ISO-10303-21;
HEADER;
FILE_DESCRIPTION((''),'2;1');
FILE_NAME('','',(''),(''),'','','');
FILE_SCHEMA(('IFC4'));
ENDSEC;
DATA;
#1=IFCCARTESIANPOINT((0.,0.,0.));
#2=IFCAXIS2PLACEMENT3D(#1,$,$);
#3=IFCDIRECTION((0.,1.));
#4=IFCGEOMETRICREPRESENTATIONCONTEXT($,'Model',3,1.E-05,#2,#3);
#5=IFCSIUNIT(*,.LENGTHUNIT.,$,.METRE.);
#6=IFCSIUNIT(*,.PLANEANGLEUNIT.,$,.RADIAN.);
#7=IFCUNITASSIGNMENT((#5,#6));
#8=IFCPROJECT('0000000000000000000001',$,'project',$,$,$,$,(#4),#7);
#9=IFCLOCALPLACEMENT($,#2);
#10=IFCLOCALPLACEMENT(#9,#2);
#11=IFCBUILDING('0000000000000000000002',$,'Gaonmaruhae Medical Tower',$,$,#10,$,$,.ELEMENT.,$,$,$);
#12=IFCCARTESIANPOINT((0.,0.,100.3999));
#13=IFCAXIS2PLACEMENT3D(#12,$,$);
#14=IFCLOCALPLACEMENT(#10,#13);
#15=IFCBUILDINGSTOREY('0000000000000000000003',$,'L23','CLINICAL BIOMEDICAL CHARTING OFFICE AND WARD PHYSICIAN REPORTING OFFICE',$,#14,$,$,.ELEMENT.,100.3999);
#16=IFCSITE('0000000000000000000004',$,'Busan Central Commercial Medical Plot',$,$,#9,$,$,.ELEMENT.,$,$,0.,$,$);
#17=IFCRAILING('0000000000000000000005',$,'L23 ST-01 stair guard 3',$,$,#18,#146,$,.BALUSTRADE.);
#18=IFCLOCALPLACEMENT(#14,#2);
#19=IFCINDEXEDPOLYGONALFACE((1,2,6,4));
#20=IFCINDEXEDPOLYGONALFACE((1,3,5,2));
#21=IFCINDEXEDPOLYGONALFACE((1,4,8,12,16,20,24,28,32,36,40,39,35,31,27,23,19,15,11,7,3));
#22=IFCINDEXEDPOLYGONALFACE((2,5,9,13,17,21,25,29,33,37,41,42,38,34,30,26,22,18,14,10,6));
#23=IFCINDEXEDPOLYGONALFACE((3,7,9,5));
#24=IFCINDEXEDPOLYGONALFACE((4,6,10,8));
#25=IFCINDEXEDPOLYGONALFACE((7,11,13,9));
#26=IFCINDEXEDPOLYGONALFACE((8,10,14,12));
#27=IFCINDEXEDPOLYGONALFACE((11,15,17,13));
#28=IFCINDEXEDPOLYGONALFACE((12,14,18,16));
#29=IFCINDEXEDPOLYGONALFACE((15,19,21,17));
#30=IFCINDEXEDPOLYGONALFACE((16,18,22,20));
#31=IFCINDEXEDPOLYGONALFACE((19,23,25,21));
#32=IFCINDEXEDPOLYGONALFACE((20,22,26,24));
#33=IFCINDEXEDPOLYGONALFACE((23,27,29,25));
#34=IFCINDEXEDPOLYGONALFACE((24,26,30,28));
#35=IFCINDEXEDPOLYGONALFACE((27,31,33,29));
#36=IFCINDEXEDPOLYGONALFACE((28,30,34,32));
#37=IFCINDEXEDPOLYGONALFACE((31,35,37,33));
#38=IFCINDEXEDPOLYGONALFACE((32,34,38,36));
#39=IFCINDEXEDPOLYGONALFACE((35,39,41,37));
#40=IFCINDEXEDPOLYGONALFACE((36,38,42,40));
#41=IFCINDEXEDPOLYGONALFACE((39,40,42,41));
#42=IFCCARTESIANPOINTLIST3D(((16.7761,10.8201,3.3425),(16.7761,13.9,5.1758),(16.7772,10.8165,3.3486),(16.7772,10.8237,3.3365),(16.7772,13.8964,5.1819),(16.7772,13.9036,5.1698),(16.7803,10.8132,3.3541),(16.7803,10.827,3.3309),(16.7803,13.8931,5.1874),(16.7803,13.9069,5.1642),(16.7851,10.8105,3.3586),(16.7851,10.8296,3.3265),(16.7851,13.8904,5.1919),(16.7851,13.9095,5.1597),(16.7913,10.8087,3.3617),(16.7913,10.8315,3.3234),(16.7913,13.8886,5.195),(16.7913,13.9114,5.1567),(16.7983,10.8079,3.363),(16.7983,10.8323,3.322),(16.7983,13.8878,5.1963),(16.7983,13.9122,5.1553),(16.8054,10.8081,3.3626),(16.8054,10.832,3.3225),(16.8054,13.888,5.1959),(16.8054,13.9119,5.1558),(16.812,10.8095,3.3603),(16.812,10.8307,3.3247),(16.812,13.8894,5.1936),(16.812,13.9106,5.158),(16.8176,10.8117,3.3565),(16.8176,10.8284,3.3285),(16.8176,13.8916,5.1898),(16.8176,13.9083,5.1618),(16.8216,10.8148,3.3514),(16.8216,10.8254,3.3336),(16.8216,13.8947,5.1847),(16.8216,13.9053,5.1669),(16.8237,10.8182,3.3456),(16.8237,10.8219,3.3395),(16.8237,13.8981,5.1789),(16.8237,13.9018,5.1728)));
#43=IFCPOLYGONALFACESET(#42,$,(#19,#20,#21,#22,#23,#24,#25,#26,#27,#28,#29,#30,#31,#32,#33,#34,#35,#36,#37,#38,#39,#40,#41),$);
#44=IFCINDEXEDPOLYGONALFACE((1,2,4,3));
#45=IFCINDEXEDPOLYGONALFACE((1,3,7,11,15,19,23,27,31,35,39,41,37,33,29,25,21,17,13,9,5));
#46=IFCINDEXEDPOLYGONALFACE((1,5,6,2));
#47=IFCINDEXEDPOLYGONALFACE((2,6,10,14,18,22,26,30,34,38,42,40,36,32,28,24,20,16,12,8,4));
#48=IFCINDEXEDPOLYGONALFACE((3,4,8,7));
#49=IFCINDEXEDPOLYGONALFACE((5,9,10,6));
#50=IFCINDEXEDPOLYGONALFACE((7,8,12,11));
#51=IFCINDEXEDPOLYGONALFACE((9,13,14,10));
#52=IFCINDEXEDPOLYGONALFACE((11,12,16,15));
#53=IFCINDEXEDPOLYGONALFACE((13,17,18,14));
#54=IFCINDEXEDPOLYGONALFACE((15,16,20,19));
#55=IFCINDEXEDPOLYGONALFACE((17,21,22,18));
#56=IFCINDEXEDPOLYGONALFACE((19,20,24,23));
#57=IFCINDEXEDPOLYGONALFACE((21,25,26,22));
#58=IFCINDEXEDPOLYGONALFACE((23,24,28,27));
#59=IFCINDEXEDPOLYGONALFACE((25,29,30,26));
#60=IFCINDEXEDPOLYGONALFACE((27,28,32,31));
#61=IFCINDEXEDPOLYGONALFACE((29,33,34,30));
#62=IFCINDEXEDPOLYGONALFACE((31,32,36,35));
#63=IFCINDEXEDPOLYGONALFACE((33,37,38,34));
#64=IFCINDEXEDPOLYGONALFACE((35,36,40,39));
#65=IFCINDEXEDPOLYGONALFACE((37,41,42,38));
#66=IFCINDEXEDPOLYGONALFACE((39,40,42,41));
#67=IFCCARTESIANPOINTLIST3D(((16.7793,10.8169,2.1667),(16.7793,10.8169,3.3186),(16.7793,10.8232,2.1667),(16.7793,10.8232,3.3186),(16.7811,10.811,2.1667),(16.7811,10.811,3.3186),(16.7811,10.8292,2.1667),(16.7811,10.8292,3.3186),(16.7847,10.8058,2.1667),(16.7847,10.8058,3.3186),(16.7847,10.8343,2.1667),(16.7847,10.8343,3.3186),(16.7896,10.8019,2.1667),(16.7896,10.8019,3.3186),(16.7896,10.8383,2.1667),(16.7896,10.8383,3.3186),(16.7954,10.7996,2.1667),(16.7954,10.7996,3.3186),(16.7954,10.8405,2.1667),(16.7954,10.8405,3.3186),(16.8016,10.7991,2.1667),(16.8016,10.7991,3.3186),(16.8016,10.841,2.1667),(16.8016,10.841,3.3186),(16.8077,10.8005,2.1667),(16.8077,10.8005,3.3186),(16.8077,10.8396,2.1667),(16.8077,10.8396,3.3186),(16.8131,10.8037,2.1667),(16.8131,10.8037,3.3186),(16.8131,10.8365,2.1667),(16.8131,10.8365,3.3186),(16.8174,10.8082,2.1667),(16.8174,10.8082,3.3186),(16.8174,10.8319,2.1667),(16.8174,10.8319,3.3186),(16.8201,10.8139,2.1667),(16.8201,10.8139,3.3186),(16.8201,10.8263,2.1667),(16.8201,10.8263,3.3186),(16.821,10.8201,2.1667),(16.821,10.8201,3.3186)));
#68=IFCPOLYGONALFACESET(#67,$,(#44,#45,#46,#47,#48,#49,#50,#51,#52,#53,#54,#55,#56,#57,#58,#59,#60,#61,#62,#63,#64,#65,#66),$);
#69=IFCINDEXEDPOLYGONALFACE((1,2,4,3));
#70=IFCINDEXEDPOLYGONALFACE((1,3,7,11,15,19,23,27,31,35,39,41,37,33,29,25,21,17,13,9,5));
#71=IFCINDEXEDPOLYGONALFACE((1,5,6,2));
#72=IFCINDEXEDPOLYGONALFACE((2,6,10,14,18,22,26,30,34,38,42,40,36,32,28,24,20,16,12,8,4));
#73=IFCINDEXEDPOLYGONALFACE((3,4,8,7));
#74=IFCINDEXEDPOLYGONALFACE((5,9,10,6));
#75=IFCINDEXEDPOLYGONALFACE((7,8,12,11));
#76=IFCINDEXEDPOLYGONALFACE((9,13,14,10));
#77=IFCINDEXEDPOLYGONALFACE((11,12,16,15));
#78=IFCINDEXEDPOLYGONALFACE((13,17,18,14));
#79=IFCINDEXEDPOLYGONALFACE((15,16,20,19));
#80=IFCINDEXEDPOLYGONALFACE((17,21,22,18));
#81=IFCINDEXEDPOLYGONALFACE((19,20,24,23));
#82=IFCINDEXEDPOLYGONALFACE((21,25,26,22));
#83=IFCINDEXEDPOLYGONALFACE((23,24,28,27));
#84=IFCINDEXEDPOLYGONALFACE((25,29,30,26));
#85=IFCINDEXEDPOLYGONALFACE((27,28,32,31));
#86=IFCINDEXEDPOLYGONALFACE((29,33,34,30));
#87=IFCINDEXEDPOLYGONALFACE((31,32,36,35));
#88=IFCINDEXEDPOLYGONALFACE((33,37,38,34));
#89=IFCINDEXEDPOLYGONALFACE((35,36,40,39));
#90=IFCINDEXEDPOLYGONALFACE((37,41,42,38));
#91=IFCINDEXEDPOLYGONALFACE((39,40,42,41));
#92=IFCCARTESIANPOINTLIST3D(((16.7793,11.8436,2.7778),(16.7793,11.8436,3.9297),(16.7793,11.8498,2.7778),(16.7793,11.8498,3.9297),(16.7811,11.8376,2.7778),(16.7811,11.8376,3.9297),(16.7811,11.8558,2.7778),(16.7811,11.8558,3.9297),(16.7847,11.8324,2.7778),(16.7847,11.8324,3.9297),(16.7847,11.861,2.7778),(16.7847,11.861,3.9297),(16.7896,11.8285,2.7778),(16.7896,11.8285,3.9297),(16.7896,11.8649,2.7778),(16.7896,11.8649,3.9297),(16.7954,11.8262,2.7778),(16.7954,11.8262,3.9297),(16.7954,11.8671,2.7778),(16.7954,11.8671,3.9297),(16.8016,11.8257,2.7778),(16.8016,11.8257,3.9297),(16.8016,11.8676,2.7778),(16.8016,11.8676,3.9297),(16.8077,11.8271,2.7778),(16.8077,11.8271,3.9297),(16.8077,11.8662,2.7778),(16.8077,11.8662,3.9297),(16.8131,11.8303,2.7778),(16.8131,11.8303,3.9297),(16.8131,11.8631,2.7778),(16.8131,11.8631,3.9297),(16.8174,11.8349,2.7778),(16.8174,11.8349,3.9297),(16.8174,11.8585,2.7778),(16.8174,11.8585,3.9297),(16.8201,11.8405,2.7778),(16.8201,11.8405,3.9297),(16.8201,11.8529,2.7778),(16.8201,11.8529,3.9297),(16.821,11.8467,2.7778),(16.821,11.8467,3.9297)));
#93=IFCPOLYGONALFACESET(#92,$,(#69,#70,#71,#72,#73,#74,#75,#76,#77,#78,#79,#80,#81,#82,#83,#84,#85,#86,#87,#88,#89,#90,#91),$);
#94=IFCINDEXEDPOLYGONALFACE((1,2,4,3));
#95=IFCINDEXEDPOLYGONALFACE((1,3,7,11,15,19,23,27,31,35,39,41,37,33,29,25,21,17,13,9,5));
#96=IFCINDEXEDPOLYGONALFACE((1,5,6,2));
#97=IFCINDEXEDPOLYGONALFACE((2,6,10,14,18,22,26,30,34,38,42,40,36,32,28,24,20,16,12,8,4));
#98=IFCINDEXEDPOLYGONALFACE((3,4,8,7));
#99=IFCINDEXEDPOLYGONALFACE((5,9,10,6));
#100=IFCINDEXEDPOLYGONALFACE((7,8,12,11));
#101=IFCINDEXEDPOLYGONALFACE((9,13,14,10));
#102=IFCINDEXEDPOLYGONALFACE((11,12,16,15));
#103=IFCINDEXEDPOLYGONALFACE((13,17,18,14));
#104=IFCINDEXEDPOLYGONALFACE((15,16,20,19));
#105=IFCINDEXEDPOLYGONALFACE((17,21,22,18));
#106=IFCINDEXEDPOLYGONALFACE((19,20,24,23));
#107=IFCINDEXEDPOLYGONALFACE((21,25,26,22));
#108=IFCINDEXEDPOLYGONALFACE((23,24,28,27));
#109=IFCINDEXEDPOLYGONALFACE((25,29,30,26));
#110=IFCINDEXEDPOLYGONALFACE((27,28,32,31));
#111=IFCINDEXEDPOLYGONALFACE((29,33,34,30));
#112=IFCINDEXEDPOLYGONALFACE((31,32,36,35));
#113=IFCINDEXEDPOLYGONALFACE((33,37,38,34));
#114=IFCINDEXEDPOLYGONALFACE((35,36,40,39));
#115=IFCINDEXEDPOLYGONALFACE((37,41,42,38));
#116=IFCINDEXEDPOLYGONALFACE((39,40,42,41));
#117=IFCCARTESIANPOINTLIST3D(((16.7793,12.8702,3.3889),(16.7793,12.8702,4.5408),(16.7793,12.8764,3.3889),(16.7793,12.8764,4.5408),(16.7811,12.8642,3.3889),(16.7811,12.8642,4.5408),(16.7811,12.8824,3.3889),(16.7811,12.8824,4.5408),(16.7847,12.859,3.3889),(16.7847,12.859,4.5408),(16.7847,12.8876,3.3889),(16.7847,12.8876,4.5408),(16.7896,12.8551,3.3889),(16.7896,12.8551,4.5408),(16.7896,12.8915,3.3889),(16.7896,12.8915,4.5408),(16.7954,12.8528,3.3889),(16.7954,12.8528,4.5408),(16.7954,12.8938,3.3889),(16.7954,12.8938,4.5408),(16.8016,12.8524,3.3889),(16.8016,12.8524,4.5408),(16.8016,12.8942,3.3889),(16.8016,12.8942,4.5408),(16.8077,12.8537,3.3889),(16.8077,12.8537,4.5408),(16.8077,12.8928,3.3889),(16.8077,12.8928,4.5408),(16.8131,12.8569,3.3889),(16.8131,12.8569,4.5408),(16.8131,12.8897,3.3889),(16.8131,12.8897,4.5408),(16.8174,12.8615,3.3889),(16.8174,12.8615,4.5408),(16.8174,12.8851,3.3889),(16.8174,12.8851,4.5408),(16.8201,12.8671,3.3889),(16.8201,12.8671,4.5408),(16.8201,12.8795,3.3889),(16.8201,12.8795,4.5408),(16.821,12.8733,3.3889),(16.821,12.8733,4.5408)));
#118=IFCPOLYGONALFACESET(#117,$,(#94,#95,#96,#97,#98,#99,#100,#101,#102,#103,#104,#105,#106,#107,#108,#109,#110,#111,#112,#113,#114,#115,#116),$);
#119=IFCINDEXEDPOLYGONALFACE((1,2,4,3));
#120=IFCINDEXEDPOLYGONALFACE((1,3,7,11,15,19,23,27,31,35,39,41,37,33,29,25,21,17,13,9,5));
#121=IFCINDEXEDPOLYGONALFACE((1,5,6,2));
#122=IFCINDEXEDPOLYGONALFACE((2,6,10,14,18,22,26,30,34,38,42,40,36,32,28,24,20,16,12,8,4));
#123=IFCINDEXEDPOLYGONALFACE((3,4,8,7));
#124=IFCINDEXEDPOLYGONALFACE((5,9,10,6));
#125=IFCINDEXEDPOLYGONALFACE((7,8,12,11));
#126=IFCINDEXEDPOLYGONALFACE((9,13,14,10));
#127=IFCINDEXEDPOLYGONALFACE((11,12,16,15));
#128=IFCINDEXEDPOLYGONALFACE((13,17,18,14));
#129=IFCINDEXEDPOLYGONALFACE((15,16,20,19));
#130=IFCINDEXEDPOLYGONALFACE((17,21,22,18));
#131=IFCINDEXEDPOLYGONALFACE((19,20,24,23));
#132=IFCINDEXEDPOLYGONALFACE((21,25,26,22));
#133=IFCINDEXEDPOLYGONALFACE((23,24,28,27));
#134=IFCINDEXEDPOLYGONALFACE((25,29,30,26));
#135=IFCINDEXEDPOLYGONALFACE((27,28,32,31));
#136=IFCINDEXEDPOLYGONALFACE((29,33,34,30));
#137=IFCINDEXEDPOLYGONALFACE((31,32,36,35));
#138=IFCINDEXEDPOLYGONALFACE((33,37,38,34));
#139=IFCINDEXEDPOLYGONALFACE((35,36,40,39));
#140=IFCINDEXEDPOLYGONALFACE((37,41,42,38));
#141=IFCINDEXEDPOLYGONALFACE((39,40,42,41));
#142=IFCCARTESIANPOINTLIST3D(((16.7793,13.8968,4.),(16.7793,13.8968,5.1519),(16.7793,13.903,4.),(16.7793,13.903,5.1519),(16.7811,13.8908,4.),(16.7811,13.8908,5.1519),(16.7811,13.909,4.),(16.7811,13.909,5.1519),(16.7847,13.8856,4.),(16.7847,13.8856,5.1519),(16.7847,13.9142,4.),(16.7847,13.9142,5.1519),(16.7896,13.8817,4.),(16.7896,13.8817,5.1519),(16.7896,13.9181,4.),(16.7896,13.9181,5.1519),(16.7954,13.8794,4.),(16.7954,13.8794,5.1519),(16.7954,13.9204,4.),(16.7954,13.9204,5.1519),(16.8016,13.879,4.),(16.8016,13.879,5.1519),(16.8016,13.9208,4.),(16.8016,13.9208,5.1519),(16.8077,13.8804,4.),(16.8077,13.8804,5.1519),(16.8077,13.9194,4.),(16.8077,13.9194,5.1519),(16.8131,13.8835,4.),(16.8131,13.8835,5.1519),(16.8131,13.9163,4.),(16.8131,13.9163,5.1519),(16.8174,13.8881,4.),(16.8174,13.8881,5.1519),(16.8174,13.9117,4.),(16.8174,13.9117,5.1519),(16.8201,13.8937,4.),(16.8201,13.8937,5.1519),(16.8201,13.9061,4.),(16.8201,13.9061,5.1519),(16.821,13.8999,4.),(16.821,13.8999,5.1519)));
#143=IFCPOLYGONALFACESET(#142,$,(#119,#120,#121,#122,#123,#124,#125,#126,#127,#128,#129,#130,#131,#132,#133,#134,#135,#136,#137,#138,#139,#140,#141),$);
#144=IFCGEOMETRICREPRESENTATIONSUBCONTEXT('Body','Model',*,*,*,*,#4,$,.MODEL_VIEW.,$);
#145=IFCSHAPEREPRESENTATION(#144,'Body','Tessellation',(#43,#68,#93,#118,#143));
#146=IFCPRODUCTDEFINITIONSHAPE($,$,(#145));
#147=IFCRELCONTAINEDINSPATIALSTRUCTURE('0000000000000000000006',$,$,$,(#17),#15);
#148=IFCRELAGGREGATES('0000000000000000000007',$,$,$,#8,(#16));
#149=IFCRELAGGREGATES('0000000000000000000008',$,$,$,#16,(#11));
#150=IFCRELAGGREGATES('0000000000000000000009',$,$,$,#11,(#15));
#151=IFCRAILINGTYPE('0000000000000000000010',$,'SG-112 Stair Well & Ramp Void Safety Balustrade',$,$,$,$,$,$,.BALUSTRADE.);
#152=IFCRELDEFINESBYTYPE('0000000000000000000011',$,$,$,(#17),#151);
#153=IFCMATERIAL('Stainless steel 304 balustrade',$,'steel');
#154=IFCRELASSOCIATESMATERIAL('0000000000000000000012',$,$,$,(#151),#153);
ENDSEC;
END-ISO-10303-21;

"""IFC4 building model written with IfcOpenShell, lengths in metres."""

from ifc_helpers import new_model, si_unit, direction, frame, origin, origin_2d, place, context, subcontext, project, spatial, circle, extrude, material, type_object, element, save


model = new_model("IFC4")

# Units and contexts
model_context = context("Model", 3, precision=1e-05, world=origin(), true_north=direction((0.0, 1.0)))
body_context = subcontext(model_context, "Body", "Model", "MODEL_VIEW")
ifc_project = project(units=[si_unit("LENGTHUNIT", "METRE"), si_unit("PLANEANGLEUNIT", "RADIAN")], contexts=[model_context])

# Site, building, storey
site_placement = place(None, origin())
site = spatial("IfcSite", under=ifc_project, at=site_placement, Name="Busan Central Commercial Medical Plot", CompositionType="ELEMENT", RefElevation=0.0)
building_placement = place(site_placement, origin())
building = spatial("IfcBuilding", under=site, at=building_placement, Name="Gaonmaruhae Medical Tower", CompositionType="ELEMENT")
storey_placement = place(building_placement, frame((0.0, 0.0, 100.3999)))
storey = spatial("IfcBuildingStorey", under=building, at=storey_placement, Name="L23", Description="CLINICAL BIOMEDICAL CHARTING OFFICE AND WARD PHYSICIAN REPORTING OFFICE", CompositionType="ELEMENT", Elevation=100.3999)

# Railing
ifc_material_1 = material(Name="Stainless steel 304 balustrade", Category="steel")
railing_type_1 = type_object("IfcRailingType", Name="SG-112 Stair Well & Ramp Void Safety Balustrade", PredefinedType="BALUSTRADE", material=ifc_material_1)
railing_1_placement = place(storey_placement, frame((16.8, 10.8201, 2.1667)))
element("IfcRailing", 1, at=railing_1_placement, inside=storey, type_object=railing_type_1, Name="L23 ST-01 stair guard 3", PredefinedType="BALUSTRADE", context=body_context, shape_type="SweptSolid", body=[
    extrude(circle(Radius=0.0239, at=origin_2d()), frame((0.0, 0.0, 1.1758), z_axis=(0.0, 0.859291, 0.511487), x_axis=(-1.0, 0.0, 0.0)), (0.0, 0.0, 1.0), 3.5842),
    extrude(circle(Radius=0.021, at=origin_2d()), origin(), (0.0, 0.0, 1.0), 1.1519),
    extrude(circle(Radius=0.021, at=origin_2d()), frame((0.0, 1.0266, 0.6111)), (0.0, 0.0, 1.0), 1.1519),
    extrude(circle(Radius=0.021, at=origin_2d()), frame((0.0, 2.0532, 1.2222)), (0.0, 0.0, 1.0), 1.1519),
    extrude(circle(Radius=0.021, at=origin_2d()), frame((0.0, 3.0798, 1.8333)), (0.0, 0.0, 1.0), 1.1519),
])

save(model, "model.ifc")
